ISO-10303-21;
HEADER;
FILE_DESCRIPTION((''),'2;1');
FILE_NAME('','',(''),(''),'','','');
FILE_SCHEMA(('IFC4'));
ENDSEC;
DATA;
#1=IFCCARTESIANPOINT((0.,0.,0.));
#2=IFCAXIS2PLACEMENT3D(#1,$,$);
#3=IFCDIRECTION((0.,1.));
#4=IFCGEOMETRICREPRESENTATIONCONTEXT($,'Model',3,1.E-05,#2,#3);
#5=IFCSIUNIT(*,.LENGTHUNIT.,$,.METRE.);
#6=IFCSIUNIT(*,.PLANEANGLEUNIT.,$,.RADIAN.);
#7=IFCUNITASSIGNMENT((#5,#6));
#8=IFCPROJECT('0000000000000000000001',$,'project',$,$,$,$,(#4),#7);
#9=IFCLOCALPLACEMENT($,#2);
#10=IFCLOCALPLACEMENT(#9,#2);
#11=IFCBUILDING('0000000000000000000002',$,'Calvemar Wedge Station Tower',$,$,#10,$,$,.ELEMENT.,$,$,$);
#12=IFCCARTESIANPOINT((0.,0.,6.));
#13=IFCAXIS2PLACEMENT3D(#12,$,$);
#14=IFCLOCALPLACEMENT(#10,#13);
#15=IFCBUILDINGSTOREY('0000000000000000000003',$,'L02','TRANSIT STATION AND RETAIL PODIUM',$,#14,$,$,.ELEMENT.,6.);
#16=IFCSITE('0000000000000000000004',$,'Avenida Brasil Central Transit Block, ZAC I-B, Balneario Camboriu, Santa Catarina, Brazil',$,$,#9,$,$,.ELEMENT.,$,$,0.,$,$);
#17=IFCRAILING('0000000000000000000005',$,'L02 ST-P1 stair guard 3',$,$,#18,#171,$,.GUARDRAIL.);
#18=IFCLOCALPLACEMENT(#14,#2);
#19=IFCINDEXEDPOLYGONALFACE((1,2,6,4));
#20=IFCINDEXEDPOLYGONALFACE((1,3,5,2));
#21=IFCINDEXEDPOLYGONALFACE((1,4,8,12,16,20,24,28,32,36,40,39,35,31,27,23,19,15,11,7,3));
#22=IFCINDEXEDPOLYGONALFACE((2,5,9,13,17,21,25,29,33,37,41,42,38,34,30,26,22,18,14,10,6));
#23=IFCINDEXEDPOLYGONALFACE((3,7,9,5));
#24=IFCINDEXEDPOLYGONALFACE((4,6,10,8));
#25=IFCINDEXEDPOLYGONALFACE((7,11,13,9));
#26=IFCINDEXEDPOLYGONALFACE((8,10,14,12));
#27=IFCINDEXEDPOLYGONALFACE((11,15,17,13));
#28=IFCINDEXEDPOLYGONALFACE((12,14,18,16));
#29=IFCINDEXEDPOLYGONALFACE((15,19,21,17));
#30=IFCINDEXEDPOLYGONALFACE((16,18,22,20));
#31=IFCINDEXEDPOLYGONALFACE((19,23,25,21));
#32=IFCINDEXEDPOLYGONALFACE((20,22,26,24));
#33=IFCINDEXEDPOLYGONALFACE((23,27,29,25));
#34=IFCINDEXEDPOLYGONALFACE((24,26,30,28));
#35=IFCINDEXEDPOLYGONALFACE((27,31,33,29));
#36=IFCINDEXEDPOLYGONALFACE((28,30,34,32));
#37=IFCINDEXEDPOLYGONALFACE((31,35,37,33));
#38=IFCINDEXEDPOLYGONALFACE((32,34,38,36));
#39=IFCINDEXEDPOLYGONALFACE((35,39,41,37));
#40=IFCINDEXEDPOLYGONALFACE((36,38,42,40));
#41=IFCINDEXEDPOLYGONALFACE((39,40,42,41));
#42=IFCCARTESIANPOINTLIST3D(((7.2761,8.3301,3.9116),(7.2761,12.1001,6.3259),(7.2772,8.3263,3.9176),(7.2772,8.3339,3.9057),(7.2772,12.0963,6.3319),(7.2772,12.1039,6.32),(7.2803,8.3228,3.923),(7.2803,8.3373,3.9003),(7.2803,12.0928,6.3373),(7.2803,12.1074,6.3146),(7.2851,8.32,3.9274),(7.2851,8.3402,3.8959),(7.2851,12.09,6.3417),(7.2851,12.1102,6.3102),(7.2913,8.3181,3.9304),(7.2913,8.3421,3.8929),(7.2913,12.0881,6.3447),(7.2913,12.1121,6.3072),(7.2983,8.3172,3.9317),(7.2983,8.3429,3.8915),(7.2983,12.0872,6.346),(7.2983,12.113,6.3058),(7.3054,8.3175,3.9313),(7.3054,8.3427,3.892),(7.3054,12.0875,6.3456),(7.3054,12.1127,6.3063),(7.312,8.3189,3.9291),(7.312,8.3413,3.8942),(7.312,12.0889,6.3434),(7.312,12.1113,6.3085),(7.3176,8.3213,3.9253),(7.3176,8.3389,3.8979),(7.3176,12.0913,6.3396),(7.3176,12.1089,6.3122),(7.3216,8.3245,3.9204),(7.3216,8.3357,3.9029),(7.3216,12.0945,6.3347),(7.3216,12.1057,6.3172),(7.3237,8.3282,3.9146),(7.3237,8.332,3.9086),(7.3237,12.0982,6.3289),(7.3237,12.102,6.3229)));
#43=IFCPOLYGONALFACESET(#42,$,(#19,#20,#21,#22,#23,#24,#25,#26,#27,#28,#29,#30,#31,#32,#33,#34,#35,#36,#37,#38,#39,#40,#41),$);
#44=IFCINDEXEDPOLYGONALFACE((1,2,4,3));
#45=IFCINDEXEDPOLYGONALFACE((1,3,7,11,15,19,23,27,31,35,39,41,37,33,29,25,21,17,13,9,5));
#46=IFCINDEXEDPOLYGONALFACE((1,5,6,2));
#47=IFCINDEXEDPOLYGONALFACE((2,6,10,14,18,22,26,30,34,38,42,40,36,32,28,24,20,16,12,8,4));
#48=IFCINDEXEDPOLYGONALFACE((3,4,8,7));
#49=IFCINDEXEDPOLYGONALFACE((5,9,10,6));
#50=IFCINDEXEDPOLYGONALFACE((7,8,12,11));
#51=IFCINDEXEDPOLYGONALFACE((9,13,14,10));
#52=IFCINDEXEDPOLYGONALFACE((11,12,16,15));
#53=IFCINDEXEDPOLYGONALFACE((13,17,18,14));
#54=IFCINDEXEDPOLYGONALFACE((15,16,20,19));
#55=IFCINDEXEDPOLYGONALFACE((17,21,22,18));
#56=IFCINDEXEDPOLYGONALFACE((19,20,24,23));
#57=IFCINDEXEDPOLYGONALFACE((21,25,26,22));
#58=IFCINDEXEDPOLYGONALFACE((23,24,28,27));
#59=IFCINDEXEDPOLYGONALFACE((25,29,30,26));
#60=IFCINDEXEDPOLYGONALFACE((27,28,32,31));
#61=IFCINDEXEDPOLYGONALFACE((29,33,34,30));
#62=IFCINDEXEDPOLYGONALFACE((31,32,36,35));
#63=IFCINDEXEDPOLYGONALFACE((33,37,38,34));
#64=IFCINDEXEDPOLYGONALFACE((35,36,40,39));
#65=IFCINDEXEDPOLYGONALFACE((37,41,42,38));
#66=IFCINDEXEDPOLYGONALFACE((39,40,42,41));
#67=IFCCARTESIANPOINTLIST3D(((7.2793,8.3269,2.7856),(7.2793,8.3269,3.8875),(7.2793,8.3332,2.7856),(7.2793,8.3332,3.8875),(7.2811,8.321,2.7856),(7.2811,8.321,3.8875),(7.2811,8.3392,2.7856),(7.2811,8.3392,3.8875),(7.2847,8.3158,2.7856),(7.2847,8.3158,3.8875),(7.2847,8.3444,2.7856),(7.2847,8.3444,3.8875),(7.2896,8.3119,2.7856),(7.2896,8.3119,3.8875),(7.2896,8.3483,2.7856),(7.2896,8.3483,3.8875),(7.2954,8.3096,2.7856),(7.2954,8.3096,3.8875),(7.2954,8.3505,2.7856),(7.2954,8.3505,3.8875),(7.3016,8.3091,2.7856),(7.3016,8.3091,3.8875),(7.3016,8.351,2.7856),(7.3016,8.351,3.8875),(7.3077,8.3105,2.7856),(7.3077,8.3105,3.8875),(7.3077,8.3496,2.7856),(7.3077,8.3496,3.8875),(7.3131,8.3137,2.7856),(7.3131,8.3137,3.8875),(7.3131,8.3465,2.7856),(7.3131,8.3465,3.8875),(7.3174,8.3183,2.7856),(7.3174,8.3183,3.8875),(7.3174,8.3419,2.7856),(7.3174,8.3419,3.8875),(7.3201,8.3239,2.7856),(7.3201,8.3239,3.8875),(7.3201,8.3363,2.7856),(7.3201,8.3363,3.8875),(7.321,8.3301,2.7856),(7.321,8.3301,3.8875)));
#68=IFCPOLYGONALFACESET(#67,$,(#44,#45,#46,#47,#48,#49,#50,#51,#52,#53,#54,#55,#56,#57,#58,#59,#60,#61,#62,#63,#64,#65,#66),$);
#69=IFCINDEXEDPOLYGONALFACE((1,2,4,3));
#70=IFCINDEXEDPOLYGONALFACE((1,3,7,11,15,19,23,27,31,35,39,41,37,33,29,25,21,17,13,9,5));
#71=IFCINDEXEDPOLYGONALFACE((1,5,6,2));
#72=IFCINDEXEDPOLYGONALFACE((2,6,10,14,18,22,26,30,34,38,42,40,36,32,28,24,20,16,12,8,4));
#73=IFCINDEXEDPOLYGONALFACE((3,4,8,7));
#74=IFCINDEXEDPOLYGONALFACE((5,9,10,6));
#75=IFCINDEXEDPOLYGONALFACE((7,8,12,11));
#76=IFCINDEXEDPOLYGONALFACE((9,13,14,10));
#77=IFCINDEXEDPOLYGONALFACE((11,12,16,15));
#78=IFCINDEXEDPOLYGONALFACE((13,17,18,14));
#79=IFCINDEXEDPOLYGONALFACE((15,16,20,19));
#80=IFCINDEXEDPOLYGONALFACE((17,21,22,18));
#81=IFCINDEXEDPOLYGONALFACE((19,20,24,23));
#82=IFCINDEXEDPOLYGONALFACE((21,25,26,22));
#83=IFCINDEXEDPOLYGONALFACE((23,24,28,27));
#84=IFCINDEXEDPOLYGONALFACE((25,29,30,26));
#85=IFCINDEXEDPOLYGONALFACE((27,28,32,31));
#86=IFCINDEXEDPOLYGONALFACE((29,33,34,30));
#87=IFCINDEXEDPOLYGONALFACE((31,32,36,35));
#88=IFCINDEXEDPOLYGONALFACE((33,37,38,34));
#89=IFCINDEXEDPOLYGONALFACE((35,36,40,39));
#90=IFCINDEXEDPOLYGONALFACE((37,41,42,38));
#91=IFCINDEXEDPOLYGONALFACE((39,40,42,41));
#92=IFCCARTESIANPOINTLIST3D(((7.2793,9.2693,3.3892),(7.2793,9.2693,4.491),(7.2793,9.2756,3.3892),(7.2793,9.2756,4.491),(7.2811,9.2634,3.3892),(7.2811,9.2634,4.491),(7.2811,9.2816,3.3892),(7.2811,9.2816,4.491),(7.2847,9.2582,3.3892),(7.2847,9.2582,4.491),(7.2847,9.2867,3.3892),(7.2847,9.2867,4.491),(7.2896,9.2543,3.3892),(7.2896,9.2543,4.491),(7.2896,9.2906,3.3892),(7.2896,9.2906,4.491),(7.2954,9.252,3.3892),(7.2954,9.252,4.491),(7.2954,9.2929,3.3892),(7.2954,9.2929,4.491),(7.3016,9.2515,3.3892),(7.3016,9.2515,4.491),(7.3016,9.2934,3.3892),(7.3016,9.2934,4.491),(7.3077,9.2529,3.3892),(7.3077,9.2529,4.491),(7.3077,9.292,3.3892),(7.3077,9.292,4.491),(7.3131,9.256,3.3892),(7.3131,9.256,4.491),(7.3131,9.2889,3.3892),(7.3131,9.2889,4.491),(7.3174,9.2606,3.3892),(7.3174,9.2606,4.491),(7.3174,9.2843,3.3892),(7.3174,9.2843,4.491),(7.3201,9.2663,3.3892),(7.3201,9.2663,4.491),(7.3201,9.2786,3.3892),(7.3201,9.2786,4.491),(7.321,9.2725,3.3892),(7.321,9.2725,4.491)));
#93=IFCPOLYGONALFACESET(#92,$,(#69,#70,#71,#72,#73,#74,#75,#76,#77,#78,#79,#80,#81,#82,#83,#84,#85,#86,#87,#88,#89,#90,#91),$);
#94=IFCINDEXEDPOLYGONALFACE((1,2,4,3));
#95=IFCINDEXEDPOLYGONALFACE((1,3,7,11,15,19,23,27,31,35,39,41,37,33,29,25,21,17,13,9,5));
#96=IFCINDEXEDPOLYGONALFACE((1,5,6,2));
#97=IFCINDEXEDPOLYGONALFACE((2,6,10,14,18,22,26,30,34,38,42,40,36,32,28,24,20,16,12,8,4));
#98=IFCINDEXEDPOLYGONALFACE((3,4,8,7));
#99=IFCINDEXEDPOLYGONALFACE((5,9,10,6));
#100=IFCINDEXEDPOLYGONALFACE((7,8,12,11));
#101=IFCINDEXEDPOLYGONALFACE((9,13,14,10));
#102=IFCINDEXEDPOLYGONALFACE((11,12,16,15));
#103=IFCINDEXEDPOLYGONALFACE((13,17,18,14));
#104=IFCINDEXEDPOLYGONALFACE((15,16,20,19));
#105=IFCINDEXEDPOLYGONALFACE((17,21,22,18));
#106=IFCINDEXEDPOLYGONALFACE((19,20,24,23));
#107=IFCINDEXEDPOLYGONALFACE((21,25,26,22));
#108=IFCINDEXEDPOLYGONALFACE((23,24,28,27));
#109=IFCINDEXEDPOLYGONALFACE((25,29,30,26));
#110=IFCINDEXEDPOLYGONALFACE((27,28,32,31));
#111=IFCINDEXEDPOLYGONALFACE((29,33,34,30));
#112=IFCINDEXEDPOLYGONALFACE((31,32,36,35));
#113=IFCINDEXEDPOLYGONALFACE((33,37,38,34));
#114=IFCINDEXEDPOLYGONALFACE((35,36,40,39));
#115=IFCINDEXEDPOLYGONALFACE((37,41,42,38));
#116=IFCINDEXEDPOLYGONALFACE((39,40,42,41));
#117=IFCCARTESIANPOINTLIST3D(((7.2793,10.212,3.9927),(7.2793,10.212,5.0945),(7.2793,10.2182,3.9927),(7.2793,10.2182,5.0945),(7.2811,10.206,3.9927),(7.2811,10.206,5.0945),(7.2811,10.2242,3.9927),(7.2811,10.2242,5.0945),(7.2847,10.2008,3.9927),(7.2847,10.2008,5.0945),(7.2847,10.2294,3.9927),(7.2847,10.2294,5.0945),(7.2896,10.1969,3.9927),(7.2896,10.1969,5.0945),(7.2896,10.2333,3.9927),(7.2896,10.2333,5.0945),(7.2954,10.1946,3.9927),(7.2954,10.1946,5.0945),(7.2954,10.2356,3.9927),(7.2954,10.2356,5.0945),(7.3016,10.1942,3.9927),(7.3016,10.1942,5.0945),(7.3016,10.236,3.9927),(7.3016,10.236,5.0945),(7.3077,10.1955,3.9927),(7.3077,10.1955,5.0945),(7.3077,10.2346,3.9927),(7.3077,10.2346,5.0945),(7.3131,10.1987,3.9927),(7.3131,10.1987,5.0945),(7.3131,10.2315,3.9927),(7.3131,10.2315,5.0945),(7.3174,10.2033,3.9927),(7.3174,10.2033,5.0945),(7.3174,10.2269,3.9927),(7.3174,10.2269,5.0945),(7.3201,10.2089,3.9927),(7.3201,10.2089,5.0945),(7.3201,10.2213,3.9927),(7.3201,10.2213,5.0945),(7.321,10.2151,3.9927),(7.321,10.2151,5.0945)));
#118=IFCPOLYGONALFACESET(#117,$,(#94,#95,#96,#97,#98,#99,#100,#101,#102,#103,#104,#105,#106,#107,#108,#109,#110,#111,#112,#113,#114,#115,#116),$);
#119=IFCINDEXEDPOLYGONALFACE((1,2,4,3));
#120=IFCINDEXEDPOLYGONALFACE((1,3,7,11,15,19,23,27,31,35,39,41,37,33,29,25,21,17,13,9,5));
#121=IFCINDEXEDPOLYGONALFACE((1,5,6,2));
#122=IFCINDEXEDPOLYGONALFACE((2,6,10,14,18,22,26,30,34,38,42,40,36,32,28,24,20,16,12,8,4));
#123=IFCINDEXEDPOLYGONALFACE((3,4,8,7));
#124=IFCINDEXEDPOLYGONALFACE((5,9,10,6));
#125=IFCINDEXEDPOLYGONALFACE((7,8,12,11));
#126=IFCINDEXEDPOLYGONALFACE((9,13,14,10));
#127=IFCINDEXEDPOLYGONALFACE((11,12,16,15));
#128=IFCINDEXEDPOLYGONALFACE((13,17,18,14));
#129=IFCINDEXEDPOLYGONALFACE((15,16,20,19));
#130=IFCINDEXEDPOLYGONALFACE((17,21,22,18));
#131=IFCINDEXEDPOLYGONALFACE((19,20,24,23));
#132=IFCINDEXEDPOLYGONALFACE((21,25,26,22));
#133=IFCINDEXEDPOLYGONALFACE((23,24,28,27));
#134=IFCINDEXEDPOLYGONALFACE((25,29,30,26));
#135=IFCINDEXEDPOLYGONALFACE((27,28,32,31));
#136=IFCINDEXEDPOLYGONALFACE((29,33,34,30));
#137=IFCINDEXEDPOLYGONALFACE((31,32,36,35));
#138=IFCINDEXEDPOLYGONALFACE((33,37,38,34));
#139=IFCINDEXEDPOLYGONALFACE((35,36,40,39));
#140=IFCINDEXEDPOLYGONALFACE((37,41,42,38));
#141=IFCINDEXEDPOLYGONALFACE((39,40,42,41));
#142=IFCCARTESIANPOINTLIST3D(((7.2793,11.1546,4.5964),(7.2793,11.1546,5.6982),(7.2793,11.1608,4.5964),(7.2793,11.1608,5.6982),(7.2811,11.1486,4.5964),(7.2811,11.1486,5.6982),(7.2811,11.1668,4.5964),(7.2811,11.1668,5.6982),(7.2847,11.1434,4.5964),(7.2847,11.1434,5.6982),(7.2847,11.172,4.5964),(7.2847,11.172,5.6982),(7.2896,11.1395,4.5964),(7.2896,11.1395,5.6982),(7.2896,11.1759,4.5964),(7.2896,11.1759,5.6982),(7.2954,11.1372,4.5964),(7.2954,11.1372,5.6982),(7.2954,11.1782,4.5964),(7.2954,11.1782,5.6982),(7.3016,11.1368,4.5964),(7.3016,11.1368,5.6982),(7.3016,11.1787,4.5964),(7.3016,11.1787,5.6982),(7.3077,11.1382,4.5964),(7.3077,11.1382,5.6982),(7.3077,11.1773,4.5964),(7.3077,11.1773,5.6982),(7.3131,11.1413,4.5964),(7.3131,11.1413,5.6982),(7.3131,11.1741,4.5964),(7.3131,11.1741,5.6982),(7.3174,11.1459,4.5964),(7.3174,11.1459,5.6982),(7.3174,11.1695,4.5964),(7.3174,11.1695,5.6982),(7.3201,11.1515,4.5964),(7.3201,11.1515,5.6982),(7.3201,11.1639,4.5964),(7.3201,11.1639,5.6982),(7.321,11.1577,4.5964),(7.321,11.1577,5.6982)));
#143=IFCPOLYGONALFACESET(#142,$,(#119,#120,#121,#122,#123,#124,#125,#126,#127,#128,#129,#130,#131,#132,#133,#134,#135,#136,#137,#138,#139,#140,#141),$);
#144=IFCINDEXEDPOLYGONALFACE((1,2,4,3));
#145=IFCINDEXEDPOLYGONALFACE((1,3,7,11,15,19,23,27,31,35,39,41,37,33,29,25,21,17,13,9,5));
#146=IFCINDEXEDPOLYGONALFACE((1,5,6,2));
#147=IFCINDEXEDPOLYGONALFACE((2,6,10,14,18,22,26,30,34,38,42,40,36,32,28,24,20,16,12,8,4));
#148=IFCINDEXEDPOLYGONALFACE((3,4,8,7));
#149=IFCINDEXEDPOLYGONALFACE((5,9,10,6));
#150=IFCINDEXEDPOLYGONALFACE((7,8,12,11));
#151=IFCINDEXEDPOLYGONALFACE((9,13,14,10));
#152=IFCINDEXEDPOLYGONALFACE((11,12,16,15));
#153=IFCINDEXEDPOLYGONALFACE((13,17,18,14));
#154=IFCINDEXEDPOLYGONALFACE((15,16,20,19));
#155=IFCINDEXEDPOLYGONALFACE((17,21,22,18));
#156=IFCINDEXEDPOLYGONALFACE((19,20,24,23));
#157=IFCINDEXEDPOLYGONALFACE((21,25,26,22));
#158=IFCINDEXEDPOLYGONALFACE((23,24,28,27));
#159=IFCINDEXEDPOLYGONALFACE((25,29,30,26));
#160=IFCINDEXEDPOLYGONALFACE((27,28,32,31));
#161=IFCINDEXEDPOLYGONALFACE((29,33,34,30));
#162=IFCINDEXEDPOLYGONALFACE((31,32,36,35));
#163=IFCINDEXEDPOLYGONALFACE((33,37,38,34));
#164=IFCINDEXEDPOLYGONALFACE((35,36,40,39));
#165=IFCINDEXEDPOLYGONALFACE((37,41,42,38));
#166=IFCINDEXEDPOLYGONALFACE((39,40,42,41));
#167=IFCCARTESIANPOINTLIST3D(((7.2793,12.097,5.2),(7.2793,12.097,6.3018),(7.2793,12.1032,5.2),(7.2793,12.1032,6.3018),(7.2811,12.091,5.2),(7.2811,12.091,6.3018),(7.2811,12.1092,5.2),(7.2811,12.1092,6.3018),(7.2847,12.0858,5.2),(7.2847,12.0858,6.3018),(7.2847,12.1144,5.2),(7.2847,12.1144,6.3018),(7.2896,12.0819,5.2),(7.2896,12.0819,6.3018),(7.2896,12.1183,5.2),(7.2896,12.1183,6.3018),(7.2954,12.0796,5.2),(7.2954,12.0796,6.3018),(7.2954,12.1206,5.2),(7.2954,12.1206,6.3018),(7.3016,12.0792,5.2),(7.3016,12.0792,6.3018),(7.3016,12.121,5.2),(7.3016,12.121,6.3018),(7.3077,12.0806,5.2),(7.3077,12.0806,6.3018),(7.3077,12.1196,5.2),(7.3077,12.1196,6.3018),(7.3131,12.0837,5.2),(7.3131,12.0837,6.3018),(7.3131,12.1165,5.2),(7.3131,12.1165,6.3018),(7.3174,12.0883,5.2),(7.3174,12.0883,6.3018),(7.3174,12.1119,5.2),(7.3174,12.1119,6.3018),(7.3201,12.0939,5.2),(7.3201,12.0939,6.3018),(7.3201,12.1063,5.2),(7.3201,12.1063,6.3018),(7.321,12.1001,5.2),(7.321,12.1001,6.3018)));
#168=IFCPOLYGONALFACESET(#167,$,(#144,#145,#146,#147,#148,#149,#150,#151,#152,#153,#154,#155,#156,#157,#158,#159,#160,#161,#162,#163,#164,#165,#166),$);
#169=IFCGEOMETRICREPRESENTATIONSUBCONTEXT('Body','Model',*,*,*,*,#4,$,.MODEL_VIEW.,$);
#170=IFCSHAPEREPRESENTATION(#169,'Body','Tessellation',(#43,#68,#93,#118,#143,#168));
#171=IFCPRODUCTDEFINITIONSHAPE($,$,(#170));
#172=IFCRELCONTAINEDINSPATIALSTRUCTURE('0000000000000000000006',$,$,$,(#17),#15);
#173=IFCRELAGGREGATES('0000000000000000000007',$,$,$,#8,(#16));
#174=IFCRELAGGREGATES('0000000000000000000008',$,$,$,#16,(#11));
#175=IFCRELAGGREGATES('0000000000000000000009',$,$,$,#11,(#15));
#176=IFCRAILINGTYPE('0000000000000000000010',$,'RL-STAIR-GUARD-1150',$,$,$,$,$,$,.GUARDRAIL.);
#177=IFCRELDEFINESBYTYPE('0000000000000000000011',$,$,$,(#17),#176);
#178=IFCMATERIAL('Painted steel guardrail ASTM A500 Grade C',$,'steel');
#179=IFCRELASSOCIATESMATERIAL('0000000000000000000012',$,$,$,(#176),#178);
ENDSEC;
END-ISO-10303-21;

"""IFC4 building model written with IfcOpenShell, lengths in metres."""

from ifc_helpers import new_model, si_unit, direction, frame, origin, origin_2d, place, context, subcontext, project, spatial, circle, extrude, material, type_object, element, save


model = new_model("IFC4")

# Units and contexts
model_context = context("Model", 3, precision=1e-05, world=origin(), true_north=direction((0.0, 1.0)))
body_context = subcontext(model_context, "Body", "Model", "MODEL_VIEW")
ifc_project = project(units=[si_unit("LENGTHUNIT", "METRE"), si_unit("PLANEANGLEUNIT", "RADIAN")], contexts=[model_context])

# Site, building, storey
site_placement = place(None, origin())
site = spatial("IfcSite", under=ifc_project, at=site_placement, Name="Avenida Brasil Central Transit Block, ZAC I-B, Balneario Camboriu, Santa Catarina, Brazil", CompositionType="ELEMENT", RefElevation=0.0)
building_placement = place(site_placement, origin())
building = spatial("IfcBuilding", under=site, at=building_placement, Name="Calvemar Wedge Station Tower", CompositionType="ELEMENT")
storey_placement = place(building_placement, frame((0.0, 0.0, 6.0)))
storey = spatial("IfcBuildingStorey", under=building, at=storey_placement, Name="L02", Description="TRANSIT STATION AND RETAIL PODIUM", CompositionType="ELEMENT", Elevation=6.0)

# Railing
ifc_material_1 = material(Name="Painted steel guardrail ASTM A500 Grade C", Category="steel")
railing_type_1 = type_object("IfcRailingType", Name="RL-STAIR-GUARD-1150", PredefinedType="GUARDRAIL", material=ifc_material_1)
railing_1_placement = place(storey_placement, frame((7.3, 8.3301, 2.7856)))
element("IfcRailing", 1, at=railing_1_placement, inside=storey, type_object=railing_type_1, Name="L02 ST-P1 stair guard 3", PredefinedType="GUARDRAIL", context=body_context, shape_type="SweptSolid", body=[
    extrude(circle(Radius=0.0239, at=origin_2d()), frame((0.0, 0.0, 1.126), z_axis=(0.0, 0.84212, 0.53929), x_axis=(-1.0, 0.0, 0.0)), (0.0, 0.0, 1.0), 4.4768),
    extrude(circle(Radius=0.021, at=origin_2d()), origin(), (0.0, 0.0, 1.0), 1.1018),
    extrude(circle(Radius=0.021, at=origin_2d()), frame((0.0, 0.9424, 0.6035)), (0.0, 0.0, 1.0), 1.1018),
    extrude(circle(Radius=0.021, at=origin_2d()), frame((0.0, 1.885, 1.207)), (0.0, 0.0, 1.0), 1.1018),
    extrude(circle(Radius=0.021, at=origin_2d()), frame((0.0, 2.8276, 1.8108)), (0.0, 0.0, 1.0), 1.1018),
    extrude(circle(Radius=0.021, at=origin_2d()), frame((0.0, 3.77, 2.4143)), (0.0, 0.0, 1.0), 1.1018),
])

save(model, "model.ifc")
